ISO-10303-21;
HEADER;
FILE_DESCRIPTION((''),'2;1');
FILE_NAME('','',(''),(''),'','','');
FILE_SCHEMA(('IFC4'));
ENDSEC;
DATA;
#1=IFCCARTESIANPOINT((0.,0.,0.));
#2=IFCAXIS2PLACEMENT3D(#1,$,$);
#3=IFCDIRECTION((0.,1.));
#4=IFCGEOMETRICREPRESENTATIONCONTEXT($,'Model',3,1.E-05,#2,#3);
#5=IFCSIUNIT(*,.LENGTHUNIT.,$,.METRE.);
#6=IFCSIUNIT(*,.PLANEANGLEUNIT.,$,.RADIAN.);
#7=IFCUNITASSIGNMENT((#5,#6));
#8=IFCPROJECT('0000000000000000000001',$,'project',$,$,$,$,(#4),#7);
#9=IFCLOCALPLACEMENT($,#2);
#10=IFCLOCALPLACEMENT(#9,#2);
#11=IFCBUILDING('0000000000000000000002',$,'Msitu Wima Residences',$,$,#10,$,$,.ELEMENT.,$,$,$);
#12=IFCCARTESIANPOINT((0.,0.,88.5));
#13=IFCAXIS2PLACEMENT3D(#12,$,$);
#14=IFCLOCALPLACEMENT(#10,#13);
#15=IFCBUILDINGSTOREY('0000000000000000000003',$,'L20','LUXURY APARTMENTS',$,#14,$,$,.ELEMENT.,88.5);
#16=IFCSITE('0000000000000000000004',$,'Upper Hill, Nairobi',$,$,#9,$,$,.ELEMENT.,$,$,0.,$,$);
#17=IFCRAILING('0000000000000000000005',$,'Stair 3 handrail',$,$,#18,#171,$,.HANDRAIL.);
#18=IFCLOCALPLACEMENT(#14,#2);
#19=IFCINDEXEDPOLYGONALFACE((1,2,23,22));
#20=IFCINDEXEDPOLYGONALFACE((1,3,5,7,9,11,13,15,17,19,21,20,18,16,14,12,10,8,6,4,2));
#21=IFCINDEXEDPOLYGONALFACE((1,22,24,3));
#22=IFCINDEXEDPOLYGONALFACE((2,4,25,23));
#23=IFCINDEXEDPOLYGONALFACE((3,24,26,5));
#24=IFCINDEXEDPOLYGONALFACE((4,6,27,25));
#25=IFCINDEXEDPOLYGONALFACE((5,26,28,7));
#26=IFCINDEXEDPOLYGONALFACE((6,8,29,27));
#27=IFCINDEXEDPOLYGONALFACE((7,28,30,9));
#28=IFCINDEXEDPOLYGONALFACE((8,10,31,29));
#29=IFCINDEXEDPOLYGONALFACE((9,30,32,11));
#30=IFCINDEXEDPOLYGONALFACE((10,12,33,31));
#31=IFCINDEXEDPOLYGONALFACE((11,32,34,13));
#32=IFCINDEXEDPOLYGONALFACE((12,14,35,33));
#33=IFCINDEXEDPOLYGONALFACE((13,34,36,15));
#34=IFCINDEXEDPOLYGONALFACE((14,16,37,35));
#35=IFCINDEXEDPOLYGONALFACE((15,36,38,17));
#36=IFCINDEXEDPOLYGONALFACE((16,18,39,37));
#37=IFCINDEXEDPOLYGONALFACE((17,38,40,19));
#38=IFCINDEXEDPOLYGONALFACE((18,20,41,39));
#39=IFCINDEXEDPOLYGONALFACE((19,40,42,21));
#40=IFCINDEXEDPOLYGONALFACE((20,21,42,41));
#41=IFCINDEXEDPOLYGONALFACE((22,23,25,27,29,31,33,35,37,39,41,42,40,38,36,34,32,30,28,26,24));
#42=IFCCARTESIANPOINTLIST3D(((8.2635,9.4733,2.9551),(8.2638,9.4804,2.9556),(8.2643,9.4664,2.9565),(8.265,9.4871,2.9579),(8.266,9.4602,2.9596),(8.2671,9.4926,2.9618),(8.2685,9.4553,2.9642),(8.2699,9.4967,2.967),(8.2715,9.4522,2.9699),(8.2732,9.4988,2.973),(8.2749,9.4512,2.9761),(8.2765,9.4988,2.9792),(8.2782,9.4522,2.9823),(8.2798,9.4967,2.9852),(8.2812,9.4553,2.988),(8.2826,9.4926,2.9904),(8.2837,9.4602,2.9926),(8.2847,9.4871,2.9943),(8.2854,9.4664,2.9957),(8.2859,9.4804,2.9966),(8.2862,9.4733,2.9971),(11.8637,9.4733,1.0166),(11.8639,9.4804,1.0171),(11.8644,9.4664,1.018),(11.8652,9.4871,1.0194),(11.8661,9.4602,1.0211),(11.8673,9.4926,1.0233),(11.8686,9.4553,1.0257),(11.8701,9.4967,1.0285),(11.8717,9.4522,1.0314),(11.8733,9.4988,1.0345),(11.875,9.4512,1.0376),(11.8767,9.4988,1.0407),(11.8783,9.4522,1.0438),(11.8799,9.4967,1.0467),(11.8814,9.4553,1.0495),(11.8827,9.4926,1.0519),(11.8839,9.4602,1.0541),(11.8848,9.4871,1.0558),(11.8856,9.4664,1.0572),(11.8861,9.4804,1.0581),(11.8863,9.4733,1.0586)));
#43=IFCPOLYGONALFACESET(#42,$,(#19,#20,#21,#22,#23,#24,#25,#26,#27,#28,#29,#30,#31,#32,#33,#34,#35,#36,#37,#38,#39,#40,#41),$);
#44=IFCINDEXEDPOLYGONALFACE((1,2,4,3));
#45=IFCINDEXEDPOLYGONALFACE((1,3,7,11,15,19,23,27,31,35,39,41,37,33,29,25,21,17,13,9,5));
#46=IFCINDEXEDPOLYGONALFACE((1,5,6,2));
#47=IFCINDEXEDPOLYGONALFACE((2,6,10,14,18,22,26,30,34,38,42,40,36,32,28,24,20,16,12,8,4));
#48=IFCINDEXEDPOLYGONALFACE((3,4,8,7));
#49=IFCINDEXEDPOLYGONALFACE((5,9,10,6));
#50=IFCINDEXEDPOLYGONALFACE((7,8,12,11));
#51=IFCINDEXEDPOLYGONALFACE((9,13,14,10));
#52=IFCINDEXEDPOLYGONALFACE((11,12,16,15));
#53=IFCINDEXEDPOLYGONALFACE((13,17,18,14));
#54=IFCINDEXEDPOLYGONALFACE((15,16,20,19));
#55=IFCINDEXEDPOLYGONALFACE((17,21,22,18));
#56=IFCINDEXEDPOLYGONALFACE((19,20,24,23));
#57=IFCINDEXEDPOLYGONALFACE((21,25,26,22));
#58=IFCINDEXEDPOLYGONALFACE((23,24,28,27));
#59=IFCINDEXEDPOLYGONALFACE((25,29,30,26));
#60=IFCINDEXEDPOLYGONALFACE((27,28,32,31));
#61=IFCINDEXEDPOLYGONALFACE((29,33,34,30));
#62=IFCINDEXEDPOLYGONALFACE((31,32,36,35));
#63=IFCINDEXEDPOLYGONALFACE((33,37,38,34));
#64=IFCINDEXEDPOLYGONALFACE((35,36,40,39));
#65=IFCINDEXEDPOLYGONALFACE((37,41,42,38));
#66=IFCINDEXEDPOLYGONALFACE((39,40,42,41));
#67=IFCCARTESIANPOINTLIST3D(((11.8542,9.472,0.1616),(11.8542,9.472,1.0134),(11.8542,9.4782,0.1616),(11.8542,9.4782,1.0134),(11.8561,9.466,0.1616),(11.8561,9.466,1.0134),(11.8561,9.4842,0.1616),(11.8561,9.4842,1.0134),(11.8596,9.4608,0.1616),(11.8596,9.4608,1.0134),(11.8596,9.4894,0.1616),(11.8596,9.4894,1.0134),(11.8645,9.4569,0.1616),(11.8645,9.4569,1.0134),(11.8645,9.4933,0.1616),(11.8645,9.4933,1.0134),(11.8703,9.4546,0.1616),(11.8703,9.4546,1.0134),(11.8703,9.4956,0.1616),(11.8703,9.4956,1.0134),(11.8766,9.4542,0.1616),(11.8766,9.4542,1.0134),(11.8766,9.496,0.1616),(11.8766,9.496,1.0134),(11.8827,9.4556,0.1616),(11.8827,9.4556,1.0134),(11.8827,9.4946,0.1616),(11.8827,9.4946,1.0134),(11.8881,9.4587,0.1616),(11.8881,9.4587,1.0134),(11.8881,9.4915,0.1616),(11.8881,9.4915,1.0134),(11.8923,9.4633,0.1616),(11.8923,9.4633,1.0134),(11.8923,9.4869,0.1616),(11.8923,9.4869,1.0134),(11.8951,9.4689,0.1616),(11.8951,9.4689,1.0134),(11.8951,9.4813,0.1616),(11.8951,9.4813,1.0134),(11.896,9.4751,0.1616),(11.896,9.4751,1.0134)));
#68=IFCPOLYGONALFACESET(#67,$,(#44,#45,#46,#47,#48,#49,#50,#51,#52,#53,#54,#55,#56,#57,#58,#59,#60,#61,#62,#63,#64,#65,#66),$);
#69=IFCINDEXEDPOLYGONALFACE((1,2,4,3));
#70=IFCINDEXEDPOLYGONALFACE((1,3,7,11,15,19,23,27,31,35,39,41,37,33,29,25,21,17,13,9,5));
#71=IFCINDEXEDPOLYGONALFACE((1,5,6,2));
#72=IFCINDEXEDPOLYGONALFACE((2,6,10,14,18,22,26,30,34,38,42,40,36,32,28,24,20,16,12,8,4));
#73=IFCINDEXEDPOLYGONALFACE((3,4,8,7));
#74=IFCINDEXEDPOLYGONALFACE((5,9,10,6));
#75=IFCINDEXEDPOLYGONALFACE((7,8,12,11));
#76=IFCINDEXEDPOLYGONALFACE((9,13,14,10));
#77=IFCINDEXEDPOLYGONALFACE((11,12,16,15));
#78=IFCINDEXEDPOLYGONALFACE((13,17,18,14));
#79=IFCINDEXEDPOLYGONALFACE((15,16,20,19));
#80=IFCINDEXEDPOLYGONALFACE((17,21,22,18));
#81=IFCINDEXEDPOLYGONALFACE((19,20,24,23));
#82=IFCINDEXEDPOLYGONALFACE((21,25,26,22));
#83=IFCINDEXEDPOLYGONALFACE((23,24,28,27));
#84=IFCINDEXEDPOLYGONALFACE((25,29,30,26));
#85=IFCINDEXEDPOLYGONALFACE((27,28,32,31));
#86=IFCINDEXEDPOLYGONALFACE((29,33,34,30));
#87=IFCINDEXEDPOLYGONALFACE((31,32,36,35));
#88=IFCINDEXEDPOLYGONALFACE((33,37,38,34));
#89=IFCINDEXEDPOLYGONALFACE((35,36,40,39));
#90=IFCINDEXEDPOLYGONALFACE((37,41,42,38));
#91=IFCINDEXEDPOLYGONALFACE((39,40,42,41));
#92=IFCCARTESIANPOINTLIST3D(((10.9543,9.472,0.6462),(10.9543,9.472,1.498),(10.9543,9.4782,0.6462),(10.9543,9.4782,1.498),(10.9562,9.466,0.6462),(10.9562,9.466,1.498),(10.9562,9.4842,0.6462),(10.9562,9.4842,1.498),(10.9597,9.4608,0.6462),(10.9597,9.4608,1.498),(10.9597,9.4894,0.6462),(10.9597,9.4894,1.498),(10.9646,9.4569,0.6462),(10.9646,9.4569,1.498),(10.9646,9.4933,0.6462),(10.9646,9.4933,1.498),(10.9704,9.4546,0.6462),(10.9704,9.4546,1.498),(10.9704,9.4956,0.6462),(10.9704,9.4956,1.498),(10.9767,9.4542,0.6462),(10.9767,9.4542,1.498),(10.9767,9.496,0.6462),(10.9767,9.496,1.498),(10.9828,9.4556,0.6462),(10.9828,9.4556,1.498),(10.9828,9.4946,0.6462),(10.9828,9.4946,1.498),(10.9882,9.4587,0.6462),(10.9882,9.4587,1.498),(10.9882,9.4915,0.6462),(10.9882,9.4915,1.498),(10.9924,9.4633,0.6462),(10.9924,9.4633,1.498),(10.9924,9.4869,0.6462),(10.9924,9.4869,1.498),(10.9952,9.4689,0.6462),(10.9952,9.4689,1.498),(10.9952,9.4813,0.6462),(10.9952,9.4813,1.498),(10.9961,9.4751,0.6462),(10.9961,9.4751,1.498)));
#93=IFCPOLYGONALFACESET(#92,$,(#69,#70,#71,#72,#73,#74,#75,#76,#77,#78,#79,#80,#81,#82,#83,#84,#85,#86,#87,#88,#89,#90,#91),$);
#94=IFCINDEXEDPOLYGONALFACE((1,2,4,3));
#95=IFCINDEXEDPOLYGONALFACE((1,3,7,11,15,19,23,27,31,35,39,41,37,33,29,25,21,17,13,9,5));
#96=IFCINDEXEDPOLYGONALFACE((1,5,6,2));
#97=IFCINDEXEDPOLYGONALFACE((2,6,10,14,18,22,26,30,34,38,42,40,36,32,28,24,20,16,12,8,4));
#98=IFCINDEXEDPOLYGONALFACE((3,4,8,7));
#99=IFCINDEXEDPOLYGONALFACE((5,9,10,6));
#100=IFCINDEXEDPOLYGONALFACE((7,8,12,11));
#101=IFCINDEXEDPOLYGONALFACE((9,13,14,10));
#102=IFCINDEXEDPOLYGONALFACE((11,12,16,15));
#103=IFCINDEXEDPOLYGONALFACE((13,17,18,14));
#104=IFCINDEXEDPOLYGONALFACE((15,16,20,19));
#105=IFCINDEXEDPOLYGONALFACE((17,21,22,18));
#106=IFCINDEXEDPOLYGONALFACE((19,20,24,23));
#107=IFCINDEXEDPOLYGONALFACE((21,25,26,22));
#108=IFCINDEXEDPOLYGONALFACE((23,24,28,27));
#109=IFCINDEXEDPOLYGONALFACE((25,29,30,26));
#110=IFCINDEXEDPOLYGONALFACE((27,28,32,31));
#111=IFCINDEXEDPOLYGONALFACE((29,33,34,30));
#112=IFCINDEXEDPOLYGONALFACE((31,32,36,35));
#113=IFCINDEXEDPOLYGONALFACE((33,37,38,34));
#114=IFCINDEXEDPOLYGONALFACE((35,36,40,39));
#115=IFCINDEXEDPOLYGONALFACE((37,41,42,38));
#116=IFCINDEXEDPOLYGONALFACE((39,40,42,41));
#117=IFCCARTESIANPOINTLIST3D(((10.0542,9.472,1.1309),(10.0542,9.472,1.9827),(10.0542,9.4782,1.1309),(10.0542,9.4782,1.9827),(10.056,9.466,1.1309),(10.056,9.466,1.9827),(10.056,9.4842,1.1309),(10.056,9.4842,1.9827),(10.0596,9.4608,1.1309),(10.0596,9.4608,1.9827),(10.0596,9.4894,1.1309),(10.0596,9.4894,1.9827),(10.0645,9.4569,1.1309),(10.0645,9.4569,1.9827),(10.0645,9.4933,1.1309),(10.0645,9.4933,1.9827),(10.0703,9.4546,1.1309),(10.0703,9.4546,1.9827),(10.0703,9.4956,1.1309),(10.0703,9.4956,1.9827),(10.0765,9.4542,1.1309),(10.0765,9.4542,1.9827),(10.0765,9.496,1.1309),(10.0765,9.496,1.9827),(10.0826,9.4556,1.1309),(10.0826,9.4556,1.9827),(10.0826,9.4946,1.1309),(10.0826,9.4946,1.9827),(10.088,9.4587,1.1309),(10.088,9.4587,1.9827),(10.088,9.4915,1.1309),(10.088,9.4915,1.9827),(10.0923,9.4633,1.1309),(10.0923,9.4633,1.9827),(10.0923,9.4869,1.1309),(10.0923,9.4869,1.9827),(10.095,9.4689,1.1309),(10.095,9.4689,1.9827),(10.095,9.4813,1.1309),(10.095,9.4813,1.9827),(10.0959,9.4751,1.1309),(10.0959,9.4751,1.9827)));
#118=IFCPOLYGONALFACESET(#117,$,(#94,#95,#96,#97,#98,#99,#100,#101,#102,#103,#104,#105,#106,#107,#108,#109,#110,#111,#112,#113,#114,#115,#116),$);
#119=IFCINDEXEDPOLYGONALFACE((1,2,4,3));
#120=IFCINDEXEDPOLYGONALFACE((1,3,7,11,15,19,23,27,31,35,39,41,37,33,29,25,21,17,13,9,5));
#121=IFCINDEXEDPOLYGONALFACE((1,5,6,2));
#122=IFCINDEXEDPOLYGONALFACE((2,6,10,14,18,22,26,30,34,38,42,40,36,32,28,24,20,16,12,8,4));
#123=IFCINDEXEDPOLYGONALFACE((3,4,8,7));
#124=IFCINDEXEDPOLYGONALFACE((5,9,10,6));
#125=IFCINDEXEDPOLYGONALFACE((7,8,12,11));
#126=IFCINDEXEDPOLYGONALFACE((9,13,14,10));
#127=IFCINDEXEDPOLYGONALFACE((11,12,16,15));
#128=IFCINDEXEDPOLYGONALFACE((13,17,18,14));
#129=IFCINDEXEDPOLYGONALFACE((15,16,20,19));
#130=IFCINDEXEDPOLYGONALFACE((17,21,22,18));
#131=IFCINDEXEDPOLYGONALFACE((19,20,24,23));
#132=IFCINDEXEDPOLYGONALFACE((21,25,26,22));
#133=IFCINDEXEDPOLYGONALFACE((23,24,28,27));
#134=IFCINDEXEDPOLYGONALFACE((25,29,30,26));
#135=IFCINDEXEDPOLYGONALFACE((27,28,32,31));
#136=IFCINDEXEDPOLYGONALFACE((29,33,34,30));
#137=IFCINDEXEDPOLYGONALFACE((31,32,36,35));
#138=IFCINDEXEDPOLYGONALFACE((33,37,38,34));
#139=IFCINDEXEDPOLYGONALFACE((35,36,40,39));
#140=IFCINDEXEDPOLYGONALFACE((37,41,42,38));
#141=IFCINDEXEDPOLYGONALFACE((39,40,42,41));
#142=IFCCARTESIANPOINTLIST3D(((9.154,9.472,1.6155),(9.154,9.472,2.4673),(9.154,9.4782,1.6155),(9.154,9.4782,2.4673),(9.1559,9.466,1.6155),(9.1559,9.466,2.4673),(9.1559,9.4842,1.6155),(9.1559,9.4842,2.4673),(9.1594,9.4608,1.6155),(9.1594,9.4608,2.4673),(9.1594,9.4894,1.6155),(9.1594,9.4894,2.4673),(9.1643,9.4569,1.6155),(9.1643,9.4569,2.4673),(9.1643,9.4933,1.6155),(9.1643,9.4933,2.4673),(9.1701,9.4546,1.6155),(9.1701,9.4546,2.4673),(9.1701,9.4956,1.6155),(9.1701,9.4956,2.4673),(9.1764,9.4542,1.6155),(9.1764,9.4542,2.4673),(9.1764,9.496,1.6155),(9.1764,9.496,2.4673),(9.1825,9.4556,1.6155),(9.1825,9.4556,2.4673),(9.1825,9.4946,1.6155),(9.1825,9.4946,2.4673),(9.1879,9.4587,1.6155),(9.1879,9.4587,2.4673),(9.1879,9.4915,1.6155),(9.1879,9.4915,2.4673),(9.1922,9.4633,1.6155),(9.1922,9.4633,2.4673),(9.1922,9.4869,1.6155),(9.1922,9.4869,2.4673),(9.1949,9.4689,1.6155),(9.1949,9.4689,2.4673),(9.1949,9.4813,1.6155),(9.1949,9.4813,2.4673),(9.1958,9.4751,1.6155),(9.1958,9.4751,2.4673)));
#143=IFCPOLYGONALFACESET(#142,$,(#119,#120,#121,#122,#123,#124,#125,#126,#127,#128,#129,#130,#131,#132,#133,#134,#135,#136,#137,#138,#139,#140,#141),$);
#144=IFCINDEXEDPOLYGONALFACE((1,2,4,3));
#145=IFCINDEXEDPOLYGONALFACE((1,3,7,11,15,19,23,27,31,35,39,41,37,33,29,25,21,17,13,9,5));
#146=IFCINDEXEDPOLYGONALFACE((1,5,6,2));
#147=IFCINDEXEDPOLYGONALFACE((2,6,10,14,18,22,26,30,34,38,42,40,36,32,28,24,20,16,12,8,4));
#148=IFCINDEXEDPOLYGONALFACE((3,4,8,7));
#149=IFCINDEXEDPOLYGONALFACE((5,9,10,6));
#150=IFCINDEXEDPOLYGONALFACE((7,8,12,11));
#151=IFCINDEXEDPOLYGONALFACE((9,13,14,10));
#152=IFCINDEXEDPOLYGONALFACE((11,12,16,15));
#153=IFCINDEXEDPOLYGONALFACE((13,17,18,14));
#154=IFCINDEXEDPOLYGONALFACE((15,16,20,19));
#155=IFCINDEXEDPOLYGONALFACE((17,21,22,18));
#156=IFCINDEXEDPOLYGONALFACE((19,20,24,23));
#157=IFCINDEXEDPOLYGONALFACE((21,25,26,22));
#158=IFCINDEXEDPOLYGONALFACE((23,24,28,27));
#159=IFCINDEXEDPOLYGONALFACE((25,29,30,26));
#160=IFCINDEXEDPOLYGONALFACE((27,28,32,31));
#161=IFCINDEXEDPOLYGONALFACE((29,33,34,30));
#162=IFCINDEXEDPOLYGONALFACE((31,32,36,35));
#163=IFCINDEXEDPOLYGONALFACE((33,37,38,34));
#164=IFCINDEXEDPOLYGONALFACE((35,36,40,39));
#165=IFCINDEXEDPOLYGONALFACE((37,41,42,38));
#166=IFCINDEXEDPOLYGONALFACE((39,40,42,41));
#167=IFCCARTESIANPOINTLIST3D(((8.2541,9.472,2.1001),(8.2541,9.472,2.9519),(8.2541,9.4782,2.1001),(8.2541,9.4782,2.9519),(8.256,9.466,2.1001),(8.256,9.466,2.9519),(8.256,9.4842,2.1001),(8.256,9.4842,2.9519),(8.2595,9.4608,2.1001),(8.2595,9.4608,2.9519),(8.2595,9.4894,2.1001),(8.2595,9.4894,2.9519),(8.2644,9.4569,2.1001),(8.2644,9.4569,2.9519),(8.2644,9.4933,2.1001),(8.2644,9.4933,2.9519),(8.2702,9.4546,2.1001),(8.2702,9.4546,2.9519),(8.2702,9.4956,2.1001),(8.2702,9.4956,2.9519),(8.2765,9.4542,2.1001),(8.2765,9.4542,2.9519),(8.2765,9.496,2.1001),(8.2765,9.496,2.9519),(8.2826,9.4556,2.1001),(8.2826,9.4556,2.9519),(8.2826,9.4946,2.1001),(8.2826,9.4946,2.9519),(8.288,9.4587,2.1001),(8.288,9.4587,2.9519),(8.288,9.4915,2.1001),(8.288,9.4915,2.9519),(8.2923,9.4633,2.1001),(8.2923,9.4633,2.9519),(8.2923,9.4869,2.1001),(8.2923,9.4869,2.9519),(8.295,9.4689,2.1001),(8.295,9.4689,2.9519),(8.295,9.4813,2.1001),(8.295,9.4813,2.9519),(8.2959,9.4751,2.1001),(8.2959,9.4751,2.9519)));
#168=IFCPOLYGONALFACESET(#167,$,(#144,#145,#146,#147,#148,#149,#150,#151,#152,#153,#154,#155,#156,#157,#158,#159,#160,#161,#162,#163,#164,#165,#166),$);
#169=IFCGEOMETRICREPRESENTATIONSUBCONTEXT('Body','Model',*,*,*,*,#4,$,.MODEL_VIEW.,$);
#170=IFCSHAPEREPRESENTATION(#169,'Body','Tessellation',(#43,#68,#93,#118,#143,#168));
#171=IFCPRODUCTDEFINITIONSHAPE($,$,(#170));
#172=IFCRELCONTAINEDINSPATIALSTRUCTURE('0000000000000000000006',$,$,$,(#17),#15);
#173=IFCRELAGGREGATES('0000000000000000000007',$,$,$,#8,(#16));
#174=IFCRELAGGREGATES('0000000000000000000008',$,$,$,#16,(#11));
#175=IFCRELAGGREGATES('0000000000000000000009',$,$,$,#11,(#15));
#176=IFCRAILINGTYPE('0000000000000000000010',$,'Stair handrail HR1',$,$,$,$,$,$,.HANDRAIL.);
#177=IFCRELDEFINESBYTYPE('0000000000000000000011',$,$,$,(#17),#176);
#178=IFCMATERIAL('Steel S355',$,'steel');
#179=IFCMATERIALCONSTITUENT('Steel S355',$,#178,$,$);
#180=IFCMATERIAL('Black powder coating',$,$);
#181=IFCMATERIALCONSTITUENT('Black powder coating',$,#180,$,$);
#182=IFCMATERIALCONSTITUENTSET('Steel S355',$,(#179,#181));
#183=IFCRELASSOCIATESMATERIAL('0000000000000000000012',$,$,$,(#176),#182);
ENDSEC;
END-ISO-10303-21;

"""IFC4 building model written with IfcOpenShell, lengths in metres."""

from ifc_helpers import new_model, si_unit, direction, frame, origin, origin_2d, place, context, subcontext, project, spatial, circle, extrude, material, constituent, constituent_set, type_object, element, save


model = new_model("IFC4")

# Units and contexts
model_context = context("Model", 3, precision=1e-05, world=origin(), true_north=direction((0.0, 1.0)))
body_context = subcontext(model_context, "Body", "Model", "MODEL_VIEW")
ifc_project = project(units=[si_unit("LENGTHUNIT", "METRE"), si_unit("PLANEANGLEUNIT", "RADIAN")], contexts=[model_context])

# Site, building, storey
site_placement = place(None, origin())
site = spatial("IfcSite", under=ifc_project, at=site_placement, Name="Upper Hill, Nairobi", CompositionType="ELEMENT", RefElevation=0.0)
building_placement = place(site_placement, origin())
building = spatial("IfcBuilding", under=site, at=building_placement, Name="Msitu Wima Residences", CompositionType="ELEMENT")
storey_placement = place(building_placement, frame((0.0, 0.0, 88.5)))
storey = spatial("IfcBuildingStorey", under=building, at=storey_placement, Name="L20", Description="LUXURY APARTMENTS", CompositionType="ELEMENT", Elevation=88.5)

# Railing
ifc_material_1 = material(Name="Steel S355", Category="steel")
ifc_constituent_1 = constituent(ifc_material_1, Name="Steel S355")
ifc_material_2 = material(Name="Black powder coating")
ifc_constituent_2 = constituent(ifc_material_2, Name="Black powder coating")
ifc_constituent_set = constituent_set(constituents=[ifc_constituent_1, ifc_constituent_2], Name="Steel S355")
railing_type = type_object("IfcRailingType", Name="Stair handrail HR1", PredefinedType="HANDRAIL", material=ifc_constituent_set)
for number, where, name in (
    (1, (11.875, 9.4751, 0.1616), "Stair 3 handrail"),
):
    element("IfcRailing", number, at=place(storey_placement, frame(where)), inside=storey, type_object=railing_type, Name=name, PredefinedType="HANDRAIL", context=body_context, shape_type="SweptSolid", body=[
        extrude(circle(Radius=0.0239, at=origin_2d()), frame((0.0, 0.0, 0.876), z_axis=(-0.880475, 0.0, 0.474093), x_axis=(0.0, -1.0, 0.0)), (0.0, 0.0, 1.0), 4.0889),
        extrude(circle(Radius=0.021, at=origin_2d()), origin(), (0.0, 0.0, 1.0), 0.8518),
        extrude(circle(Radius=0.021, at=origin_2d()), frame((-0.8999, 0.0, 0.4846)), (0.0, 0.0, 1.0), 0.8518),
        extrude(circle(Radius=0.021, at=origin_2d()), frame((-1.8, 0.0, 0.9692)), (0.0, 0.0, 1.0), 0.8518),
        extrude(circle(Radius=0.021, at=origin_2d()), frame((-2.7002, 0.0, 1.4539)), (0.0, 0.0, 1.0), 0.8518),
        extrude(circle(Radius=0.021, at=origin_2d()), frame((-3.6001, 0.0, 1.9385)), (0.0, 0.0, 1.0), 0.8518),
    ])

save(model, "model.ifc")
